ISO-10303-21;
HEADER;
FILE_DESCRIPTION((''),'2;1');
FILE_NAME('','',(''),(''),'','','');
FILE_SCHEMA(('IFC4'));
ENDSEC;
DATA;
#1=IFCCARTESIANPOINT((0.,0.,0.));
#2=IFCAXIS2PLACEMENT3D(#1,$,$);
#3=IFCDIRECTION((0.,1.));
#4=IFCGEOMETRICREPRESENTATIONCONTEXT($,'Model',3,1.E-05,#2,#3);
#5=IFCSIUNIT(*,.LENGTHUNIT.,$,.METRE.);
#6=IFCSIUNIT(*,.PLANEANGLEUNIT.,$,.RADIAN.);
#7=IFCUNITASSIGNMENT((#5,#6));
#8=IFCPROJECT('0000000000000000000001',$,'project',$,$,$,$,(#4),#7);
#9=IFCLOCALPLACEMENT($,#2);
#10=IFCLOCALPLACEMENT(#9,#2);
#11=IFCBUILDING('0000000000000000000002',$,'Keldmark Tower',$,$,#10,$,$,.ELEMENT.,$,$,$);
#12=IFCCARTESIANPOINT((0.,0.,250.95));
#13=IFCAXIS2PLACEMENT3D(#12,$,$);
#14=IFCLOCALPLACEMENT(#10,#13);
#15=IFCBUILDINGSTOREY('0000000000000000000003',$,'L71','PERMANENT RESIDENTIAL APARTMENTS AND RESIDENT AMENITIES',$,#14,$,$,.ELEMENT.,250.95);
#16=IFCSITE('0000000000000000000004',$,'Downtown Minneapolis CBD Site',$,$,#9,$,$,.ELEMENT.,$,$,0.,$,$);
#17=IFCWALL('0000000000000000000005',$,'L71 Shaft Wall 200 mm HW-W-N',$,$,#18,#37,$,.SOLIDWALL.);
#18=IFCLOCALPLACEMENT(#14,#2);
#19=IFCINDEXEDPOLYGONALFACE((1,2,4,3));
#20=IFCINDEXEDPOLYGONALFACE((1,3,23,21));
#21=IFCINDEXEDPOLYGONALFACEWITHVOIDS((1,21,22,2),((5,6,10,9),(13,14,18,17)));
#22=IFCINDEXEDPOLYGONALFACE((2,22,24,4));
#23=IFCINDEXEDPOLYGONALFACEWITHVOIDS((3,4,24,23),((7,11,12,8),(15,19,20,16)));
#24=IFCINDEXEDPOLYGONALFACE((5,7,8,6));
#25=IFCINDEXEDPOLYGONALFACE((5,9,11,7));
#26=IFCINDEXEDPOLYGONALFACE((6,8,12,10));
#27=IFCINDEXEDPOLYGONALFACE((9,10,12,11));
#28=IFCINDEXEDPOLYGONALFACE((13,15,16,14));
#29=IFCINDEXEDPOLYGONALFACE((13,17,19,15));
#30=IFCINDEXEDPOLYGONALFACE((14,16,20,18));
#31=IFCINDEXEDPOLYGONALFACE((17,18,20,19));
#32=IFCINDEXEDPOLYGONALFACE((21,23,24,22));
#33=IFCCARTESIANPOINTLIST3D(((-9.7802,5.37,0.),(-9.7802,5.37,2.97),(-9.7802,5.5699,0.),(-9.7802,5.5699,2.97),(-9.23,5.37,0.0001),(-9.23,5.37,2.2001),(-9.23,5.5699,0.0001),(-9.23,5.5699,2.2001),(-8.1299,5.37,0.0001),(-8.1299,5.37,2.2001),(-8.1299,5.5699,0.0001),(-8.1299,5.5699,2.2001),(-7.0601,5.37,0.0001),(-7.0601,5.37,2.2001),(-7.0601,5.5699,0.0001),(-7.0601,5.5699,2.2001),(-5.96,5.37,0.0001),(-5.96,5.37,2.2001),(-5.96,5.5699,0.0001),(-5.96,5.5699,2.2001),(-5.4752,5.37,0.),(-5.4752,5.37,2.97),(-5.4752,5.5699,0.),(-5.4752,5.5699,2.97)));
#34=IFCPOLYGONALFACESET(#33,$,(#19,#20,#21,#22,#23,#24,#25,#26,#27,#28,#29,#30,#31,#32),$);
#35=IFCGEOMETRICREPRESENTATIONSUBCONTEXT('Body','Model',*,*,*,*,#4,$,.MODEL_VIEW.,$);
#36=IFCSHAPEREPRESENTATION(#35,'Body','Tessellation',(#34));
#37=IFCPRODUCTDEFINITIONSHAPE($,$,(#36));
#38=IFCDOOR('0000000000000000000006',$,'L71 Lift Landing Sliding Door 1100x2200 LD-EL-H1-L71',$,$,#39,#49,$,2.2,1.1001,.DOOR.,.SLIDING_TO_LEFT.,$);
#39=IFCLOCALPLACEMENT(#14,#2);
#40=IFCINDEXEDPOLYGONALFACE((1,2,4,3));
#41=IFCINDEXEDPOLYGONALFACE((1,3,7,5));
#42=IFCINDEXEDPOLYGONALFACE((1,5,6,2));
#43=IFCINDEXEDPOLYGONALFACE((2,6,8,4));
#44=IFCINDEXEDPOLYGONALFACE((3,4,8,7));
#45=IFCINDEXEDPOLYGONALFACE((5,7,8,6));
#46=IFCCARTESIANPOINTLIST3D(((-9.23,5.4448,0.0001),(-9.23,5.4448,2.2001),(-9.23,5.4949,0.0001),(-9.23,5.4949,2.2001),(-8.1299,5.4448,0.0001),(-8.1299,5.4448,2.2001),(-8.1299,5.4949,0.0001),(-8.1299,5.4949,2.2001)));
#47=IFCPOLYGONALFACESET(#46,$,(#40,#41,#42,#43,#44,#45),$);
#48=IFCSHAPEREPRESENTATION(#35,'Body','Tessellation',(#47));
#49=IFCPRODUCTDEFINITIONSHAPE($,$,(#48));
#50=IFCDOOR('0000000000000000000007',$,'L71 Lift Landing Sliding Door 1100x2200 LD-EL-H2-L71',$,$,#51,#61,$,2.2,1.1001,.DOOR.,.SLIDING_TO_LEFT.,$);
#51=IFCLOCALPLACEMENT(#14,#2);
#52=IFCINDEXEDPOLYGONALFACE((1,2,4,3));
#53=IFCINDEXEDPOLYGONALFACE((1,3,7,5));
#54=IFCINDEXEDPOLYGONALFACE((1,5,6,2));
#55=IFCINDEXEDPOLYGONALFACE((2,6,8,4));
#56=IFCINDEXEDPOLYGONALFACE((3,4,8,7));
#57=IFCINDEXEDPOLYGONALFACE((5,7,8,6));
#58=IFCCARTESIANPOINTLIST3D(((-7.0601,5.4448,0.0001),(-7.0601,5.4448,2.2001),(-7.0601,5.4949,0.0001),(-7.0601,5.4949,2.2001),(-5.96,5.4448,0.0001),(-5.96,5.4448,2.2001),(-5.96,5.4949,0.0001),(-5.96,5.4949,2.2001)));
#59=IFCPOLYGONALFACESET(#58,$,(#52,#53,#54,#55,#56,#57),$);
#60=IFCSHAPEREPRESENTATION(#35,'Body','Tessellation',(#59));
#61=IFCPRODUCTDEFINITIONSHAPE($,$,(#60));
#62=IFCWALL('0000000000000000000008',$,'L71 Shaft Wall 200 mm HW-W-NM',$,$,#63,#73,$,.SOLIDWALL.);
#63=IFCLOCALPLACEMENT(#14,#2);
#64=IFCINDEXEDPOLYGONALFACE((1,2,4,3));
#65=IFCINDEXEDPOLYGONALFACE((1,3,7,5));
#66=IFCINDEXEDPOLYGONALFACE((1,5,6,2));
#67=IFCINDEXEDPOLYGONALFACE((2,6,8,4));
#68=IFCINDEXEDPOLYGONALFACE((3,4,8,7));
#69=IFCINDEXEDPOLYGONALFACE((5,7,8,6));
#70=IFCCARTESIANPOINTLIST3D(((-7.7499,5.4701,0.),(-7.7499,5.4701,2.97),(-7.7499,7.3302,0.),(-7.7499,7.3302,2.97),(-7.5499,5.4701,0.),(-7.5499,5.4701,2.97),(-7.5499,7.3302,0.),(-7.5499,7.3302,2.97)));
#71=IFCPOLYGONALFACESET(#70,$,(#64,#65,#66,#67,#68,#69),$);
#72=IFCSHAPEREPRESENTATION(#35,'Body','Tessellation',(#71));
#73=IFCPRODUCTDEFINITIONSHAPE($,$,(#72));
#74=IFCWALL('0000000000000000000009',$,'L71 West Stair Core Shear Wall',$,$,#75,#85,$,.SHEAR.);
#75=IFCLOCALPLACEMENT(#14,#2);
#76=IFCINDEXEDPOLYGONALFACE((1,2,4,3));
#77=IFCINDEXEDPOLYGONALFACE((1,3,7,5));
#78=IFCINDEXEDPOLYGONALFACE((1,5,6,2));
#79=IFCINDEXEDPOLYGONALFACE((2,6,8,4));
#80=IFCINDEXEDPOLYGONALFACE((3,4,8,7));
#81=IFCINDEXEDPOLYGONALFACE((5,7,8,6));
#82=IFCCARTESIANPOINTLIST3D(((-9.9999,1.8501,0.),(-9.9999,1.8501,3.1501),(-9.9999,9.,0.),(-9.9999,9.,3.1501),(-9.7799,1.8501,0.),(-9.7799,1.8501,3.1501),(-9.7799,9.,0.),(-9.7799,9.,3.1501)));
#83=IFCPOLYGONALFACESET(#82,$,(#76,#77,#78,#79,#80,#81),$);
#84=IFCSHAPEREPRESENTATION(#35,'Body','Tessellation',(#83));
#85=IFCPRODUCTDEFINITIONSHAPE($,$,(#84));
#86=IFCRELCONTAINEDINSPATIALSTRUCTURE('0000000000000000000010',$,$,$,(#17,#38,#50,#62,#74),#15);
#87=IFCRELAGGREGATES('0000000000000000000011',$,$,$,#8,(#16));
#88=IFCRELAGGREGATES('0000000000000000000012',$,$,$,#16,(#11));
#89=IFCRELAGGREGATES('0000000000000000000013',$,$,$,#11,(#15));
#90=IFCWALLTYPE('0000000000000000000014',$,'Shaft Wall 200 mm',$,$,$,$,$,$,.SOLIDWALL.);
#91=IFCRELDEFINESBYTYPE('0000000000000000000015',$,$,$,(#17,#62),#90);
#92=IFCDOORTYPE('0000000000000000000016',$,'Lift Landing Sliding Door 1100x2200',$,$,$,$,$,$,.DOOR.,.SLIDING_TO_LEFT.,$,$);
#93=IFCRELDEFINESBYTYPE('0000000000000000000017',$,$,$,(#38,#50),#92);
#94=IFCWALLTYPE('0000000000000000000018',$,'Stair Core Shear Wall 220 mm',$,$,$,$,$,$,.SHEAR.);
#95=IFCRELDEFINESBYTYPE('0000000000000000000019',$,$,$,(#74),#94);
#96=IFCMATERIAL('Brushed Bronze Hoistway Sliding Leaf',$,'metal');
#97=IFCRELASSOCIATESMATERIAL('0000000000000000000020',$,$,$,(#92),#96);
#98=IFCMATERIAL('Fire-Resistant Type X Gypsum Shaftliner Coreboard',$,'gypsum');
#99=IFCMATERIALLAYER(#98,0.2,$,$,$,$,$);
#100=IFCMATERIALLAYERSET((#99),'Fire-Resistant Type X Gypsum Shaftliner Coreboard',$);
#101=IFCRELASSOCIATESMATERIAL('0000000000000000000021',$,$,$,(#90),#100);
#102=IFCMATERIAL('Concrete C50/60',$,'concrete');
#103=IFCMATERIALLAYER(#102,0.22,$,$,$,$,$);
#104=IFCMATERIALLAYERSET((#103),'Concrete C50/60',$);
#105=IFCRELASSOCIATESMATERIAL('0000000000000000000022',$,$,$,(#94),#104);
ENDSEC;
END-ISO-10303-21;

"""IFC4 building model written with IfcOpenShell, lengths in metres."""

from ifc_helpers import new_model, si_unit, direction, frame, frame_2d, origin, place, context, subcontext, project, spatial, rectangle, extrude, material, layer, layer_set, type_object, element, fill, save


model = new_model("IFC4")

# Units and contexts
model_context = context("Model", 3, precision=1e-05, world=origin(), true_north=direction((0.0, 1.0)))
body_context = subcontext(model_context, "Body", "Model", "MODEL_VIEW")
ifc_project = project(units=[si_unit("LENGTHUNIT", "METRE"), si_unit("PLANEANGLEUNIT", "RADIAN")], contexts=[model_context])

# Site, building, storey
site_placement = place(None, origin())
site = spatial("IfcSite", under=ifc_project, at=site_placement, Name="Downtown Minneapolis CBD Site", CompositionType="ELEMENT", RefElevation=0.0)
building_placement = place(site_placement, origin())
building = spatial("IfcBuilding", under=site, at=building_placement, Name="Keldmark Tower", CompositionType="ELEMENT")
storey_placement = place(building_placement, frame((0.0, 0.0, 250.95)))
storey = spatial("IfcBuildingStorey", under=building, at=storey_placement, Name="L71", Description="PERMANENT RESIDENTIAL APARTMENTS AND RESIDENT AMENITIES", CompositionType="ELEMENT", Elevation=250.95)

# Shared definitions
ifc_material_1 = material(Name="Brushed Bronze Hoistway Sliding Leaf", Category="metal")
door_type_1 = type_object("IfcDoorType", Name="Lift Landing Sliding Door 1100x2200", OperationType="SLIDING_TO_LEFT", PredefinedType="DOOR", material=ifc_material_1)

# Shared definitions
ifc_material_2 = material(Name="Fire-Resistant Type X Gypsum Shaftliner Coreboard", Category="gypsum")
ifc_layer_1 = layer(ifc_material_2, 0.2)
ifc_layer_set_1 = layer_set([ifc_layer_1], Name="Fire-Resistant Type X Gypsum Shaftliner Coreboard")
wall_type_1 = type_object("IfcWallType", Name="Shaft Wall 200 mm", PredefinedType="SOLIDWALL", material=ifc_layer_set_1)

# Wall, openings, doors
wall_1_placement = place(storey_placement, frame((-9.78, 5.47, 0.0), z_axis=(0.0, 0.0, 1.0), x_axis=(1.0, 0.0, 0.0)))
wall_1 = element("IfcWall", 1, at=wall_1_placement, inside=storey, type_object=wall_type_1, Name="L71 Shaft Wall 200 mm HW-W-N", PredefinedType="SOLIDWALL", context=body_context, shape_type="SweptSolid", body=[
    extrude(rectangle(XDim=4.3049, YDim=0.2, at=frame_2d((2.1523, 0.0))), origin(), (0.0, 0.0, 1.0), 2.97),
])
opening_1_placement = place(wall_1_placement, frame((0.55, 0.0, 0.0)))
opening_1 = element("IfcOpeningElement", 2, at=opening_1_placement, cuts=wall_1, PredefinedType="OPENING", context=body_context, shape_type="SweptSolid", body=[
    extrude(rectangle(XDim=1.1001, YDim=2.2, at=frame_2d((0.55, 1.1001))), frame((0.0, 0.1099, 0.0), z_axis=(0.0, -1.0, 0.0), x_axis=(1.0, 0.0, 0.0)), (0.0, 0.0, 1.0), 0.22),
])
opening_2_placement = place(wall_1_placement, frame((2.72, 0.0, 0.0)))
opening_2 = element("IfcOpeningElement", 3, at=opening_2_placement, cuts=wall_1, PredefinedType="OPENING", context=body_context, shape_type="SweptSolid", body=[
    extrude(rectangle(XDim=1.1001, YDim=2.2, at=frame_2d((0.55, 1.1001))), frame((0.0, 0.1099, 0.0), z_axis=(0.0, -1.0, 0.0), x_axis=(1.0, 0.0, 0.0)), (0.0, 0.0, 1.0), 0.22),
])
door_1_placement = place(opening_1_placement, origin())
door_1 = element("IfcDoor", 4, at=door_1_placement, inside=storey, type_object=door_type_1, Name="L71 Lift Landing Sliding Door 1100x2200 LD-EL-H1-L71", OperationType="SLIDING_TO_LEFT", OverallHeight=2.2, OverallWidth=1.1001, PredefinedType="DOOR", context=body_context, shape_type="SweptSolid", body=[
    extrude(rectangle(XDim=1.1001, YDim=2.2, at=frame_2d((0.55, 1.1001))), frame((0.0, 0.0249, 0.0), z_axis=(0.0, -1.0, 0.0), x_axis=(1.0, 0.0, 0.0)), (0.0, 0.0, 1.0), 0.05),
])
fill(opening_1, door_1)
door_2_placement = place(opening_2_placement, origin())
door_2 = element("IfcDoor", 5, at=door_2_placement, inside=storey, type_object=door_type_1, Name="L71 Lift Landing Sliding Door 1100x2200 LD-EL-H2-L71", OperationType="SLIDING_TO_LEFT", OverallHeight=2.2, OverallWidth=1.1001, PredefinedType="DOOR", context=body_context, shape_type="SweptSolid", body=[
    extrude(rectangle(XDim=1.1001, YDim=2.2, at=frame_2d((0.55, 1.1001))), frame((0.0, 0.0249, 0.0), z_axis=(0.0, -1.0, 0.0), x_axis=(1.0, 0.0, 0.0)), (0.0, 0.0, 1.0), 0.05),
])
fill(opening_2, door_2)

# Walls
wall_2_placement = place(storey_placement, frame((-7.6499, 5.47, 0.0), z_axis=(0.0, 0.0, 1.0), x_axis=(0.0, 1.0, 0.0)))
element("IfcWall", 6, at=wall_2_placement, inside=storey, type_object=wall_type_1, Name="L71 Shaft Wall 200 mm HW-W-NM", PredefinedType="SOLIDWALL", context=body_context, shape_type="SweptSolid", body=[
    extrude(rectangle(XDim=1.8601, YDim=0.2, at=frame_2d((0.9302, 0.0))), origin(), (0.0, 0.0, 1.0), 2.97),
])
ifc_material_3 = material(Name="Concrete C50/60", Category="concrete")
ifc_layer_2 = layer(ifc_material_3, 0.22)
ifc_layer_set_2 = layer_set([ifc_layer_2], Name="Concrete C50/60")
wall_type_2 = type_object("IfcWallType", Name="Stair Core Shear Wall 220 mm", PredefinedType="SHEAR", material=ifc_layer_set_2)
wall_3_placement = place(storey_placement, frame((-9.8899, 1.8501, 0.0), z_axis=(0.0, 0.0, 1.0), x_axis=(0.0, 1.0, 0.0)))
element("IfcWall", 7, at=wall_3_placement, inside=storey, type_object=wall_type_2, Name="L71 West Stair Core Shear Wall", PredefinedType="SHEAR", context=body_context, shape_type="SweptSolid", body=[
    extrude(rectangle(XDim=7.1499, YDim=0.22, at=frame_2d((3.575, 0.0))), origin(), (0.0, 0.0, 1.0), 3.1501),
])

save(model, "model.ifc")
